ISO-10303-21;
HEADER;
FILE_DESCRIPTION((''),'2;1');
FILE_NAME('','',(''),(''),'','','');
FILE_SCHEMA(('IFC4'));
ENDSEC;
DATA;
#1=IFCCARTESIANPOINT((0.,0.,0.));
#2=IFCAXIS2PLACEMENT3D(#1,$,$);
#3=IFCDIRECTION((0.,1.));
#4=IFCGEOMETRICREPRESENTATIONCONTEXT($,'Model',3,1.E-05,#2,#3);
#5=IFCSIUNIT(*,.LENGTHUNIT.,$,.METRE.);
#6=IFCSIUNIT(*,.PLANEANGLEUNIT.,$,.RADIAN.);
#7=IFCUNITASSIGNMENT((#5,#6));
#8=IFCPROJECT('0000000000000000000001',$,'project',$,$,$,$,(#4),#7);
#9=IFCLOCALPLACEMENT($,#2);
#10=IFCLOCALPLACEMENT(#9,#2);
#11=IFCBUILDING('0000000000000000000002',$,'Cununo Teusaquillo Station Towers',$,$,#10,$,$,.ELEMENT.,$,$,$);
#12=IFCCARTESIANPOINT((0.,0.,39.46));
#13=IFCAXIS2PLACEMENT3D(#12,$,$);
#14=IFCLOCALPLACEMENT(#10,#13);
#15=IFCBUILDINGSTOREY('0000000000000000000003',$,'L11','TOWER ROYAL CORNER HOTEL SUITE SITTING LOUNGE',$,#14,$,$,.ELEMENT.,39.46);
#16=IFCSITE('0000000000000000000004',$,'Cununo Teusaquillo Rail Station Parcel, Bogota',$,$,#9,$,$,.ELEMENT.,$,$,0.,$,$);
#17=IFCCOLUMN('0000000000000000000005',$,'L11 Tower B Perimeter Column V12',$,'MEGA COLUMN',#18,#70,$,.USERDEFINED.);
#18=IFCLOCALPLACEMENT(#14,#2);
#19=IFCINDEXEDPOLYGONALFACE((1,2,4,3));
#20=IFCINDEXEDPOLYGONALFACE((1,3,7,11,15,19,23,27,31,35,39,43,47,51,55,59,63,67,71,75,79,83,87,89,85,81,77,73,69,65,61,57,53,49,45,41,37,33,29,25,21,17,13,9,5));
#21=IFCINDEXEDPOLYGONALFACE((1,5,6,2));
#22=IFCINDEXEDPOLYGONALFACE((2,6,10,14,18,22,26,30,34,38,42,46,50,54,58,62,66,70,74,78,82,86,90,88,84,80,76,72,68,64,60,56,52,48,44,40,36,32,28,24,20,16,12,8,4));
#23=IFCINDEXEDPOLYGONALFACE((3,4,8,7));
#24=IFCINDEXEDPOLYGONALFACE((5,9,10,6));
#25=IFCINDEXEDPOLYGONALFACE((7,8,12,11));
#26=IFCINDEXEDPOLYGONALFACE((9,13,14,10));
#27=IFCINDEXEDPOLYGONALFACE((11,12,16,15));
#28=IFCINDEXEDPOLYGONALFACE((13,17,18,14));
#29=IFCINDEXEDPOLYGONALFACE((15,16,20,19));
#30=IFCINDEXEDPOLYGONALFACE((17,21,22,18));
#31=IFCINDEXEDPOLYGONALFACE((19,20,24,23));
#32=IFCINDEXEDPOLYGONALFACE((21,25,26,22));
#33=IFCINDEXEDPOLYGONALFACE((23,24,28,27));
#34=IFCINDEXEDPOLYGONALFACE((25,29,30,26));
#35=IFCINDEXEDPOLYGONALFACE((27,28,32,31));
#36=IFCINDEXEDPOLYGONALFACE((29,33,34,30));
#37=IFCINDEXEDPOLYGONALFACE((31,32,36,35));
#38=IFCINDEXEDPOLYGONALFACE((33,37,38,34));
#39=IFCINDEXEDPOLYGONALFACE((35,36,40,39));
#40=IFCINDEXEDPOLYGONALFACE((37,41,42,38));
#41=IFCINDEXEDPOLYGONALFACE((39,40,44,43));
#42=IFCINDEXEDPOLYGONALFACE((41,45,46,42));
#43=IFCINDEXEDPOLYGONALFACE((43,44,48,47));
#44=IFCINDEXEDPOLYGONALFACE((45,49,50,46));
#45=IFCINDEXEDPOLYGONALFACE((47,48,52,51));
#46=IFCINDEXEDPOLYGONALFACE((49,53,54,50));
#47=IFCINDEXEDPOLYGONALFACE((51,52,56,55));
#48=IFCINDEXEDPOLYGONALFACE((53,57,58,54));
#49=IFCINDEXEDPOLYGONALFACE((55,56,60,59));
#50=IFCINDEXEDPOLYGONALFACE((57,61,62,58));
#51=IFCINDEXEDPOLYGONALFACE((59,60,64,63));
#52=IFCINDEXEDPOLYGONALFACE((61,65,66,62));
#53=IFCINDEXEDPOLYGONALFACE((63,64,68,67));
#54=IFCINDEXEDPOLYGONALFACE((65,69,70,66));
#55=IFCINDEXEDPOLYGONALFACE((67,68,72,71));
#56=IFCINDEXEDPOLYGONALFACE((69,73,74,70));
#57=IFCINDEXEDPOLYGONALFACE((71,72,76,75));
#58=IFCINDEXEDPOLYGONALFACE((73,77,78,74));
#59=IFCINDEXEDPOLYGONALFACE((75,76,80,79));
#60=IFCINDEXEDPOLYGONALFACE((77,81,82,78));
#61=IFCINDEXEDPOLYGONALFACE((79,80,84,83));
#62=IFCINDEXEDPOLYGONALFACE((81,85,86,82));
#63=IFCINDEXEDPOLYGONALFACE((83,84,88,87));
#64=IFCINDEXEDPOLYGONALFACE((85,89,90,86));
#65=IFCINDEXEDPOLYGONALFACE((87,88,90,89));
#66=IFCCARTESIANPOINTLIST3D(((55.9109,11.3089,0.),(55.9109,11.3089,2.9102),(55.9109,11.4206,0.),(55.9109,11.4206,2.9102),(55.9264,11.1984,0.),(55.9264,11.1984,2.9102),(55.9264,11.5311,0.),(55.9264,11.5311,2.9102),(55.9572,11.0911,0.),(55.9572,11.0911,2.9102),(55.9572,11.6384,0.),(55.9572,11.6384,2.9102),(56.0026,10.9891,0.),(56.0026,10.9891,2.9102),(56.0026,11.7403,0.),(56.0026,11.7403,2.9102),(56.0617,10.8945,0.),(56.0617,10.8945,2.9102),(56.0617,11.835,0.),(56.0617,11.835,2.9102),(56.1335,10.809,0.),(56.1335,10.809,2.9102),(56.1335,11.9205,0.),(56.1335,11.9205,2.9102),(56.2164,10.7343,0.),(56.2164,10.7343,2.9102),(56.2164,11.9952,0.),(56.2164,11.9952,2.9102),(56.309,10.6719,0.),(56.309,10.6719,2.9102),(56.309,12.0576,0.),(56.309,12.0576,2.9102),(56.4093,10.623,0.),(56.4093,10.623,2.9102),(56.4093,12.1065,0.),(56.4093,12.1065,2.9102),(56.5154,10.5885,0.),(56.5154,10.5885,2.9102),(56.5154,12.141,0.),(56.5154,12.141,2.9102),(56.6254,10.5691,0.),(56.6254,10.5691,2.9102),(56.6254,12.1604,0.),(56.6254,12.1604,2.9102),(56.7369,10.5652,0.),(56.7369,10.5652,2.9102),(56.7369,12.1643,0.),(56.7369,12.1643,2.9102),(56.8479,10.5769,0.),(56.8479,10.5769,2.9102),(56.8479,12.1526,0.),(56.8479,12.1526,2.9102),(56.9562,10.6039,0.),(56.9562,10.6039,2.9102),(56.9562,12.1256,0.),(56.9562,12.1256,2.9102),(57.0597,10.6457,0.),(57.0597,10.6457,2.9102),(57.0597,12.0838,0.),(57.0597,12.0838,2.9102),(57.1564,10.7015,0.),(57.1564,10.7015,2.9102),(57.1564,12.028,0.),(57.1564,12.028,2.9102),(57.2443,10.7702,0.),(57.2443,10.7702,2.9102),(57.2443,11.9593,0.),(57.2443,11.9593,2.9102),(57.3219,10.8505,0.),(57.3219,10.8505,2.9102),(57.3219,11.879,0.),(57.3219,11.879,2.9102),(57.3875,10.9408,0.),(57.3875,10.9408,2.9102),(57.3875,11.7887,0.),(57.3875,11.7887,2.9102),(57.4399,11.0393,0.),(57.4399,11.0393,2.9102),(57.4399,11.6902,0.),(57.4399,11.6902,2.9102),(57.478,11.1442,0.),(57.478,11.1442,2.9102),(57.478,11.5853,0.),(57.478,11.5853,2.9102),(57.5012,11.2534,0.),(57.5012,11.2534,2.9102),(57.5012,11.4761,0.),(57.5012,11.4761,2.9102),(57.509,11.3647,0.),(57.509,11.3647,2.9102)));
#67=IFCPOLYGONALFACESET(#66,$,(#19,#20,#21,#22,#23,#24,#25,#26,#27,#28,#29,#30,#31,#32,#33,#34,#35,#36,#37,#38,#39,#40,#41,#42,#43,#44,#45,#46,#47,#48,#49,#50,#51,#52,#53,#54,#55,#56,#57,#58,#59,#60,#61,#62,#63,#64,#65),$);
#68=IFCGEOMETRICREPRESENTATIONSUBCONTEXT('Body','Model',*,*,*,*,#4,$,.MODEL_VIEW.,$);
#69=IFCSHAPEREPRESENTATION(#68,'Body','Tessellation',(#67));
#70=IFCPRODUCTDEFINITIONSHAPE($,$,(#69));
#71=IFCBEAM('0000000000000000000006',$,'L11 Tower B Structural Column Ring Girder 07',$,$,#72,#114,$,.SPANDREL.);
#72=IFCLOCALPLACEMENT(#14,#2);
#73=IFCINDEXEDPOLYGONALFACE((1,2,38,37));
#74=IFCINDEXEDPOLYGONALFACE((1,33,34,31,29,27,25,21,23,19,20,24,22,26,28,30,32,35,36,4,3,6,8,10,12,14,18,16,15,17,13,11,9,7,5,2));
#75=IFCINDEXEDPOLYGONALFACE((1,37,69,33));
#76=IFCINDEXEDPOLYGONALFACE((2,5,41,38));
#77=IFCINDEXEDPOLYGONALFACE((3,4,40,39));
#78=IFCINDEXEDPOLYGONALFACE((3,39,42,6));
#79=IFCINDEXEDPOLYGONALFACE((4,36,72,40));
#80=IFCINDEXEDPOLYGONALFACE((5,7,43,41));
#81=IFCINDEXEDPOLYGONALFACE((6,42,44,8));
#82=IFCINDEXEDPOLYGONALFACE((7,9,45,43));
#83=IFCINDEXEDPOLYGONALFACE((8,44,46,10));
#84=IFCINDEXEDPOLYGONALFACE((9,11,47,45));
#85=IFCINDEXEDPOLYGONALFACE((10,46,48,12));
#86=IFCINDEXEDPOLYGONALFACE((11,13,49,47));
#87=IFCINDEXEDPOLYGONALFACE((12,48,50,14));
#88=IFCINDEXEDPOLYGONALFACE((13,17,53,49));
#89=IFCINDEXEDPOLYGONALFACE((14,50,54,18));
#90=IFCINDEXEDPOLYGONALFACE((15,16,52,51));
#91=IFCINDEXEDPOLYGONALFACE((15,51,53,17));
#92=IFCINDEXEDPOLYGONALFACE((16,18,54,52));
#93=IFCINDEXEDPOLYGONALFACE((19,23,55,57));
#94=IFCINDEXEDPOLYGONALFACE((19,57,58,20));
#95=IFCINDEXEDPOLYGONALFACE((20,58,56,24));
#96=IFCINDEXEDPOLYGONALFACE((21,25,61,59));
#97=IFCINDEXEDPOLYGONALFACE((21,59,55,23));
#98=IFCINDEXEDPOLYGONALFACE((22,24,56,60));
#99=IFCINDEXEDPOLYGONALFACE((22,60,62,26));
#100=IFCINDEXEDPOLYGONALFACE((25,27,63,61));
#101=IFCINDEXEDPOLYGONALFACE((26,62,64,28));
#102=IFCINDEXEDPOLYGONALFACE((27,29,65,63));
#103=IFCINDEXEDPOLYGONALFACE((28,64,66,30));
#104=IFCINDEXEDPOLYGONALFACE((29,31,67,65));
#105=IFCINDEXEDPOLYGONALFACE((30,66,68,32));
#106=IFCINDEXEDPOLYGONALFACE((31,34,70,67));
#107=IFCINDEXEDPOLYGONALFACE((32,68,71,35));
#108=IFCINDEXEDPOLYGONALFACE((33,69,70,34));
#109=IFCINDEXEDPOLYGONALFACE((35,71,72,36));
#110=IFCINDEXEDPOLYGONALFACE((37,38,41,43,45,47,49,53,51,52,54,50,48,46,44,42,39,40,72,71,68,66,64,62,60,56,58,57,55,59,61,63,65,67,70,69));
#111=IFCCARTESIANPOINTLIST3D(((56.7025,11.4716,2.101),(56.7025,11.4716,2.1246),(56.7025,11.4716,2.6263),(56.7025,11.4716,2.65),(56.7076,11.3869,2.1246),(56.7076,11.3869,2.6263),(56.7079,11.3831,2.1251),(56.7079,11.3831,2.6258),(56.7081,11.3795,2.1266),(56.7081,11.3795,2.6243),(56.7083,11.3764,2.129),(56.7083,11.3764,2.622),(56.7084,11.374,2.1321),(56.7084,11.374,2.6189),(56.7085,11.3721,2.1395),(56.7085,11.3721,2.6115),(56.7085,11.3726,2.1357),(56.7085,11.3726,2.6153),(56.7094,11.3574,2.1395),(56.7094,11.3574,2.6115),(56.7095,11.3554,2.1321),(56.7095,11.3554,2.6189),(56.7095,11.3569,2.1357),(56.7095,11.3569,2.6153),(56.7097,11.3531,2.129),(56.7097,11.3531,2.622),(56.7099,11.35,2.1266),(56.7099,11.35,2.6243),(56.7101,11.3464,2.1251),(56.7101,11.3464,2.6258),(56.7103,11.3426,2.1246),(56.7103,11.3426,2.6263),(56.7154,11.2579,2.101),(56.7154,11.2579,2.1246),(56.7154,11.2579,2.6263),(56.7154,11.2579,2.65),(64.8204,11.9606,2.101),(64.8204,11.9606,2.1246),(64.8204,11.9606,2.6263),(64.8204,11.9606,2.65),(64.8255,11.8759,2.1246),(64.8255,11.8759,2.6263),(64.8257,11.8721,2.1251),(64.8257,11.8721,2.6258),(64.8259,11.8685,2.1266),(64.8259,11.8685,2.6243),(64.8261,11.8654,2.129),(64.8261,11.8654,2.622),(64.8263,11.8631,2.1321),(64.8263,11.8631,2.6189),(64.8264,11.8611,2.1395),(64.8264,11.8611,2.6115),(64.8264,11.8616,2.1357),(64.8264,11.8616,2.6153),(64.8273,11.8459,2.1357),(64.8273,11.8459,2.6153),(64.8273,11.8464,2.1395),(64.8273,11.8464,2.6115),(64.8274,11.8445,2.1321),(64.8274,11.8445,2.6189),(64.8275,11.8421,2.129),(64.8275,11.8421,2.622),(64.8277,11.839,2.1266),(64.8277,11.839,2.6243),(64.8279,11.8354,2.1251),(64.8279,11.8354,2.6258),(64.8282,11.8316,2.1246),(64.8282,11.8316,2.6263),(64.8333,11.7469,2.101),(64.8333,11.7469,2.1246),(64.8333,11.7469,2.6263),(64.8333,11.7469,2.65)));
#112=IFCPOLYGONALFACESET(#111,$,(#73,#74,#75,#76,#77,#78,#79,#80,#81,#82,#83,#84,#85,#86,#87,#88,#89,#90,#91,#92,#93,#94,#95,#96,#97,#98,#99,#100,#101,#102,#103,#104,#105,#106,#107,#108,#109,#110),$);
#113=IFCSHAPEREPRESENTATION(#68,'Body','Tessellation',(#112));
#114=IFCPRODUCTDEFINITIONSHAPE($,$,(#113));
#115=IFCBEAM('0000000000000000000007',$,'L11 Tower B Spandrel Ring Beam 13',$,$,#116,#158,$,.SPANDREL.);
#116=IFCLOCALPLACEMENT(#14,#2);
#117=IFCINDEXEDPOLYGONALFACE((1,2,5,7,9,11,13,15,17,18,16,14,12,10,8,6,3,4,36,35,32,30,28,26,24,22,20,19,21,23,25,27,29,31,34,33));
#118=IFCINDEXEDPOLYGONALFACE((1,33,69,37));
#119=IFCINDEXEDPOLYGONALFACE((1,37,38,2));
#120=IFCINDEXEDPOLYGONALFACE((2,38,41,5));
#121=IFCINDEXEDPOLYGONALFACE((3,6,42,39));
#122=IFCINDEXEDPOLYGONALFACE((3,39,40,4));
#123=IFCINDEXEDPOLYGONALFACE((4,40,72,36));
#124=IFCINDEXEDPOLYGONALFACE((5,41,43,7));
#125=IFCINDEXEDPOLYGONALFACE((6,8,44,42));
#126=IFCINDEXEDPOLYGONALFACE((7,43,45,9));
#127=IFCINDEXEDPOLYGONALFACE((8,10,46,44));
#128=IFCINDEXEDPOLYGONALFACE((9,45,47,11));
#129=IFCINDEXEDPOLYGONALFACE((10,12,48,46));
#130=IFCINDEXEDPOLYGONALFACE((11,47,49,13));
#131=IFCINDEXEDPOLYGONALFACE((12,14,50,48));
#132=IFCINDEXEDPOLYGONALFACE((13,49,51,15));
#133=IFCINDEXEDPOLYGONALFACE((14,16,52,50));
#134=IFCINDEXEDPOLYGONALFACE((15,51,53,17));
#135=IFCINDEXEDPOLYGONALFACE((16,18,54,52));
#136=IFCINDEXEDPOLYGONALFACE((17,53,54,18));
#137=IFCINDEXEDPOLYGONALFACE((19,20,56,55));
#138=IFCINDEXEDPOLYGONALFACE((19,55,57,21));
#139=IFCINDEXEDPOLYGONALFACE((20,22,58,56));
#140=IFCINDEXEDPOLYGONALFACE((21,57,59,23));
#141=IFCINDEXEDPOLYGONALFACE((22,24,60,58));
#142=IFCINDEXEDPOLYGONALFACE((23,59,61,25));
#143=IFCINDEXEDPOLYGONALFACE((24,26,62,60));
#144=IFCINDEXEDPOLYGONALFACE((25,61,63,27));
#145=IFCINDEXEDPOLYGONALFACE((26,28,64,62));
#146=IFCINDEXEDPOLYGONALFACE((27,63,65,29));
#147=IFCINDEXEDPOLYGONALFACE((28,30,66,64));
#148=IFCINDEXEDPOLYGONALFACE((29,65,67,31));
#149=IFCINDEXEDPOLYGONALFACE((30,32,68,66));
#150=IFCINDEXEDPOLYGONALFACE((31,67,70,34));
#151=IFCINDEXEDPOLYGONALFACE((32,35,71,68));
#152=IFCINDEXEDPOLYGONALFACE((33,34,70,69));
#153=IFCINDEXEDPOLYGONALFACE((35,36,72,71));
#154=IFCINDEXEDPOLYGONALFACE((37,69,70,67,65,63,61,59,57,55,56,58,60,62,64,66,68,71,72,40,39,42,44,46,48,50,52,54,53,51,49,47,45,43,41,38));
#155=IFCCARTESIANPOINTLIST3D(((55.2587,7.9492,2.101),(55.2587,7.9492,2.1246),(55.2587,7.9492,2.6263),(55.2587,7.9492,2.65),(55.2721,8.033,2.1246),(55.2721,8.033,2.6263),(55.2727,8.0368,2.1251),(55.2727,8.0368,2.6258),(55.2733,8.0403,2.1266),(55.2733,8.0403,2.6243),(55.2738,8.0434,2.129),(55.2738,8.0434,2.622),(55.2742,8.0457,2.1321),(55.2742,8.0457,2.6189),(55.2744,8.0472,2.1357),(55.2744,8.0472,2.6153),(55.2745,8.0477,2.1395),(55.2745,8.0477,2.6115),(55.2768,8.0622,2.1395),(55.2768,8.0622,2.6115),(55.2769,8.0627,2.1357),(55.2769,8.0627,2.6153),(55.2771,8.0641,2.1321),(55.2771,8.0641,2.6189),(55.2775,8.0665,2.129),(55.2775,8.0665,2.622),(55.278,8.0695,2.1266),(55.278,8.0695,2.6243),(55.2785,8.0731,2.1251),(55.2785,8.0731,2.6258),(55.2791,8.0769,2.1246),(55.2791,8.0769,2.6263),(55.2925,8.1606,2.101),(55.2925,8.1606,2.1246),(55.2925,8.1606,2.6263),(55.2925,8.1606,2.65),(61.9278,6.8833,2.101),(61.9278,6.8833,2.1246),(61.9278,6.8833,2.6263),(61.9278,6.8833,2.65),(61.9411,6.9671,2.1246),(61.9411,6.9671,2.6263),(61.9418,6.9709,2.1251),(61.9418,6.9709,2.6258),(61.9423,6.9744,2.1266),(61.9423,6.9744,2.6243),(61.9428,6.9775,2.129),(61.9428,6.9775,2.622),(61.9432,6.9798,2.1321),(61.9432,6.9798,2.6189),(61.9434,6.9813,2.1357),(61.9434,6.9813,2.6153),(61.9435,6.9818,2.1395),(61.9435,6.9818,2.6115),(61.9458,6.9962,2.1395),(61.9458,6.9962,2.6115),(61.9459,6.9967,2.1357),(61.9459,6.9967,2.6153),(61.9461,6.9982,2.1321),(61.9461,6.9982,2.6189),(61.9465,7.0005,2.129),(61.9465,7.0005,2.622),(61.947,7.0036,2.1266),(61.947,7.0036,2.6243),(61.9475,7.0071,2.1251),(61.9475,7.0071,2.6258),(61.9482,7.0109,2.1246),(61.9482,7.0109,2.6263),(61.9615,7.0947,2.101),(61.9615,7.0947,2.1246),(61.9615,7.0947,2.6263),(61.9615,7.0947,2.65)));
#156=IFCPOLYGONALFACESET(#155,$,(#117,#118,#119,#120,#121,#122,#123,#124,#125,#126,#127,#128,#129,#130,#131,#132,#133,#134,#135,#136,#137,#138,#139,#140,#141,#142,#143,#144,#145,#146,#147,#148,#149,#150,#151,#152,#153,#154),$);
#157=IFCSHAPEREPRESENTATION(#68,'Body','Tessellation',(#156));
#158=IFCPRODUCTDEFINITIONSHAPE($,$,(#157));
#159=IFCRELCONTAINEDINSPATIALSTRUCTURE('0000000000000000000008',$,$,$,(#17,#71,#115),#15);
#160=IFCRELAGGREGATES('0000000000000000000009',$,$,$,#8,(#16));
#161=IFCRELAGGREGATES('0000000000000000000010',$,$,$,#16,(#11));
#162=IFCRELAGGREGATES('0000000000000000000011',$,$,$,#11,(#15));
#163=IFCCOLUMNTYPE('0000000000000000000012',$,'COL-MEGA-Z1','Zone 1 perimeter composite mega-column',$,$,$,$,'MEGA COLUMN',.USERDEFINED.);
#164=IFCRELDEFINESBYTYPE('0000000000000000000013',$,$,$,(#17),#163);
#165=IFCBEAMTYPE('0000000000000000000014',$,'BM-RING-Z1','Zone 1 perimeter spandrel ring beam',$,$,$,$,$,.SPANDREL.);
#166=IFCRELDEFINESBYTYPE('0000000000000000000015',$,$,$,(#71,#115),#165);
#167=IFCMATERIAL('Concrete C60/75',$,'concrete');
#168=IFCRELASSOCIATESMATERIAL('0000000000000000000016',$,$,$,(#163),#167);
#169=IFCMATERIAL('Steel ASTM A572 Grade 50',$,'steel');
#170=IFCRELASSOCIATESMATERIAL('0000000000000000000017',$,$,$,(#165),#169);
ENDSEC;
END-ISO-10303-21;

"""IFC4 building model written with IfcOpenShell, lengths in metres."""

from ifc_helpers import new_model, si_unit, direction, frame, origin, origin_2d, place, context, subcontext, project, spatial, circle, i_section, extrude, material, material_profile, profile_set, type_object, element, save


model = new_model("IFC4")

# Units and contexts
model_context = context("Model", 3, precision=1e-05, world=origin(), true_north=direction((0.0, 1.0)))
body_context = subcontext(model_context, "Body", "Model", "MODEL_VIEW")
ifc_project = project(units=[si_unit("LENGTHUNIT", "METRE"), si_unit("PLANEANGLEUNIT", "RADIAN")], contexts=[model_context])

# Site, building, storey
site_placement = place(None, origin())
site = spatial("IfcSite", under=ifc_project, at=site_placement, Name="Cununo Teusaquillo Rail Station Parcel, Bogota", CompositionType="ELEMENT", RefElevation=0.0)
building_placement = place(site_placement, origin())
building = spatial("IfcBuilding", under=site, at=building_placement, Name="Cununo Teusaquillo Station Towers", CompositionType="ELEMENT")
storey_placement = place(building_placement, frame((0.0, 0.0, 39.46)))
storey = spatial("IfcBuildingStorey", under=building, at=storey_placement, Name="L11", Description="TOWER ROYAL CORNER HOTEL SUITE SITTING LOUNGE", CompositionType="ELEMENT", Elevation=39.46)

# Column
ifc_material_1 = material(Name="Concrete C60/75", Category="concrete")
ifc_material_profile_1 = material_profile(ifc_material_1, circle(Radius=0.8, at=origin_2d()), Name="RC-CIRC-1600")
ifc_profile_set_1 = profile_set([ifc_material_profile_1], Name="Concrete C60/75")
column_type = type_object("IfcColumnType", Name="COL-MEGA-Z1", Description="Zone 1 perimeter composite mega-column", ElementType="MEGA COLUMN", PredefinedType="USERDEFINED", material=ifc_profile_set_1)
column_placement = place(storey_placement, frame((56.709, 11.3647, 0.0), z_axis=(0.0, 0.0, 1.0), x_axis=(1.0, 0.0, 0.0)))
element("IfcColumn", 1, at=column_placement, inside=storey, type_object=column_type, Name="L11 Tower B Perimeter Column V12", ObjectType="MEGA COLUMN", PredefinedType="USERDEFINED", context=body_context, shape_type="SweptSolid", body=[
    extrude(circle(Radius=0.8, at=origin_2d()), origin(), (0.0, 0.0, 1.0), 2.9102),
])

# Beams
ifc_material_2 = material(Name="Steel ASTM A572 Grade 50", Category="steel")
ifc_material_profile_2 = material_profile(ifc_material_2, i_section(OverallWidth=0.2141, OverallDepth=0.5491, WebThickness=0.0146, FlangeThickness=0.0237, FilletRadius=0.0149, at=origin_2d()), Name="W21X93")
ifc_profile_set_2 = profile_set([ifc_material_profile_2], Name="Steel ASTM A572 Grade 50")
beam_type = type_object("IfcBeamType", Name="BM-RING-Z1", Description="Zone 1 perimeter spandrel ring beam", PredefinedType="SPANDREL", material=ifc_profile_set_2)
beam_1_placement = place(storey_placement, frame((56.709, 11.3647, 2.3755), z_axis=(0.998191, 0.06013, 0.0), x_axis=(-0.06013, 0.998191, 0.0)))
element("IfcBeam", 2, at=beam_1_placement, inside=storey, type_object=beam_type, Name="L11 Tower B Structural Column Ring Girder 07", PredefinedType="SPANDREL", context=body_context, shape_type="SweptSolid", body=[
    extrude(i_section(OverallWidth=0.2141, OverallDepth=0.5491, WebThickness=0.0146, FlangeThickness=0.0237, FilletRadius=0.0149, at=origin_2d()), origin(), (0.0, 0.0, 1.0), 8.1326),
])
beam_2_placement = place(storey_placement, frame((55.2756, 8.0549, 2.3755), z_axis=(0.987466, -0.15783, 0.0), x_axis=(0.15783, 0.987466, 0.0)))
element("IfcBeam", 3, at=beam_2_placement, inside=storey, type_object=beam_type, Name="L11 Tower B Spandrel Ring Beam 13", PredefinedType="SPANDREL", context=body_context, shape_type="SweptSolid", body=[
    extrude(i_section(OverallWidth=0.2141, OverallDepth=0.5491, WebThickness=0.0146, FlangeThickness=0.0237, FilletRadius=0.0149, at=origin_2d()), origin(), (0.0, 0.0, 1.0), 6.7537),
])

save(model, "model.ifc")
